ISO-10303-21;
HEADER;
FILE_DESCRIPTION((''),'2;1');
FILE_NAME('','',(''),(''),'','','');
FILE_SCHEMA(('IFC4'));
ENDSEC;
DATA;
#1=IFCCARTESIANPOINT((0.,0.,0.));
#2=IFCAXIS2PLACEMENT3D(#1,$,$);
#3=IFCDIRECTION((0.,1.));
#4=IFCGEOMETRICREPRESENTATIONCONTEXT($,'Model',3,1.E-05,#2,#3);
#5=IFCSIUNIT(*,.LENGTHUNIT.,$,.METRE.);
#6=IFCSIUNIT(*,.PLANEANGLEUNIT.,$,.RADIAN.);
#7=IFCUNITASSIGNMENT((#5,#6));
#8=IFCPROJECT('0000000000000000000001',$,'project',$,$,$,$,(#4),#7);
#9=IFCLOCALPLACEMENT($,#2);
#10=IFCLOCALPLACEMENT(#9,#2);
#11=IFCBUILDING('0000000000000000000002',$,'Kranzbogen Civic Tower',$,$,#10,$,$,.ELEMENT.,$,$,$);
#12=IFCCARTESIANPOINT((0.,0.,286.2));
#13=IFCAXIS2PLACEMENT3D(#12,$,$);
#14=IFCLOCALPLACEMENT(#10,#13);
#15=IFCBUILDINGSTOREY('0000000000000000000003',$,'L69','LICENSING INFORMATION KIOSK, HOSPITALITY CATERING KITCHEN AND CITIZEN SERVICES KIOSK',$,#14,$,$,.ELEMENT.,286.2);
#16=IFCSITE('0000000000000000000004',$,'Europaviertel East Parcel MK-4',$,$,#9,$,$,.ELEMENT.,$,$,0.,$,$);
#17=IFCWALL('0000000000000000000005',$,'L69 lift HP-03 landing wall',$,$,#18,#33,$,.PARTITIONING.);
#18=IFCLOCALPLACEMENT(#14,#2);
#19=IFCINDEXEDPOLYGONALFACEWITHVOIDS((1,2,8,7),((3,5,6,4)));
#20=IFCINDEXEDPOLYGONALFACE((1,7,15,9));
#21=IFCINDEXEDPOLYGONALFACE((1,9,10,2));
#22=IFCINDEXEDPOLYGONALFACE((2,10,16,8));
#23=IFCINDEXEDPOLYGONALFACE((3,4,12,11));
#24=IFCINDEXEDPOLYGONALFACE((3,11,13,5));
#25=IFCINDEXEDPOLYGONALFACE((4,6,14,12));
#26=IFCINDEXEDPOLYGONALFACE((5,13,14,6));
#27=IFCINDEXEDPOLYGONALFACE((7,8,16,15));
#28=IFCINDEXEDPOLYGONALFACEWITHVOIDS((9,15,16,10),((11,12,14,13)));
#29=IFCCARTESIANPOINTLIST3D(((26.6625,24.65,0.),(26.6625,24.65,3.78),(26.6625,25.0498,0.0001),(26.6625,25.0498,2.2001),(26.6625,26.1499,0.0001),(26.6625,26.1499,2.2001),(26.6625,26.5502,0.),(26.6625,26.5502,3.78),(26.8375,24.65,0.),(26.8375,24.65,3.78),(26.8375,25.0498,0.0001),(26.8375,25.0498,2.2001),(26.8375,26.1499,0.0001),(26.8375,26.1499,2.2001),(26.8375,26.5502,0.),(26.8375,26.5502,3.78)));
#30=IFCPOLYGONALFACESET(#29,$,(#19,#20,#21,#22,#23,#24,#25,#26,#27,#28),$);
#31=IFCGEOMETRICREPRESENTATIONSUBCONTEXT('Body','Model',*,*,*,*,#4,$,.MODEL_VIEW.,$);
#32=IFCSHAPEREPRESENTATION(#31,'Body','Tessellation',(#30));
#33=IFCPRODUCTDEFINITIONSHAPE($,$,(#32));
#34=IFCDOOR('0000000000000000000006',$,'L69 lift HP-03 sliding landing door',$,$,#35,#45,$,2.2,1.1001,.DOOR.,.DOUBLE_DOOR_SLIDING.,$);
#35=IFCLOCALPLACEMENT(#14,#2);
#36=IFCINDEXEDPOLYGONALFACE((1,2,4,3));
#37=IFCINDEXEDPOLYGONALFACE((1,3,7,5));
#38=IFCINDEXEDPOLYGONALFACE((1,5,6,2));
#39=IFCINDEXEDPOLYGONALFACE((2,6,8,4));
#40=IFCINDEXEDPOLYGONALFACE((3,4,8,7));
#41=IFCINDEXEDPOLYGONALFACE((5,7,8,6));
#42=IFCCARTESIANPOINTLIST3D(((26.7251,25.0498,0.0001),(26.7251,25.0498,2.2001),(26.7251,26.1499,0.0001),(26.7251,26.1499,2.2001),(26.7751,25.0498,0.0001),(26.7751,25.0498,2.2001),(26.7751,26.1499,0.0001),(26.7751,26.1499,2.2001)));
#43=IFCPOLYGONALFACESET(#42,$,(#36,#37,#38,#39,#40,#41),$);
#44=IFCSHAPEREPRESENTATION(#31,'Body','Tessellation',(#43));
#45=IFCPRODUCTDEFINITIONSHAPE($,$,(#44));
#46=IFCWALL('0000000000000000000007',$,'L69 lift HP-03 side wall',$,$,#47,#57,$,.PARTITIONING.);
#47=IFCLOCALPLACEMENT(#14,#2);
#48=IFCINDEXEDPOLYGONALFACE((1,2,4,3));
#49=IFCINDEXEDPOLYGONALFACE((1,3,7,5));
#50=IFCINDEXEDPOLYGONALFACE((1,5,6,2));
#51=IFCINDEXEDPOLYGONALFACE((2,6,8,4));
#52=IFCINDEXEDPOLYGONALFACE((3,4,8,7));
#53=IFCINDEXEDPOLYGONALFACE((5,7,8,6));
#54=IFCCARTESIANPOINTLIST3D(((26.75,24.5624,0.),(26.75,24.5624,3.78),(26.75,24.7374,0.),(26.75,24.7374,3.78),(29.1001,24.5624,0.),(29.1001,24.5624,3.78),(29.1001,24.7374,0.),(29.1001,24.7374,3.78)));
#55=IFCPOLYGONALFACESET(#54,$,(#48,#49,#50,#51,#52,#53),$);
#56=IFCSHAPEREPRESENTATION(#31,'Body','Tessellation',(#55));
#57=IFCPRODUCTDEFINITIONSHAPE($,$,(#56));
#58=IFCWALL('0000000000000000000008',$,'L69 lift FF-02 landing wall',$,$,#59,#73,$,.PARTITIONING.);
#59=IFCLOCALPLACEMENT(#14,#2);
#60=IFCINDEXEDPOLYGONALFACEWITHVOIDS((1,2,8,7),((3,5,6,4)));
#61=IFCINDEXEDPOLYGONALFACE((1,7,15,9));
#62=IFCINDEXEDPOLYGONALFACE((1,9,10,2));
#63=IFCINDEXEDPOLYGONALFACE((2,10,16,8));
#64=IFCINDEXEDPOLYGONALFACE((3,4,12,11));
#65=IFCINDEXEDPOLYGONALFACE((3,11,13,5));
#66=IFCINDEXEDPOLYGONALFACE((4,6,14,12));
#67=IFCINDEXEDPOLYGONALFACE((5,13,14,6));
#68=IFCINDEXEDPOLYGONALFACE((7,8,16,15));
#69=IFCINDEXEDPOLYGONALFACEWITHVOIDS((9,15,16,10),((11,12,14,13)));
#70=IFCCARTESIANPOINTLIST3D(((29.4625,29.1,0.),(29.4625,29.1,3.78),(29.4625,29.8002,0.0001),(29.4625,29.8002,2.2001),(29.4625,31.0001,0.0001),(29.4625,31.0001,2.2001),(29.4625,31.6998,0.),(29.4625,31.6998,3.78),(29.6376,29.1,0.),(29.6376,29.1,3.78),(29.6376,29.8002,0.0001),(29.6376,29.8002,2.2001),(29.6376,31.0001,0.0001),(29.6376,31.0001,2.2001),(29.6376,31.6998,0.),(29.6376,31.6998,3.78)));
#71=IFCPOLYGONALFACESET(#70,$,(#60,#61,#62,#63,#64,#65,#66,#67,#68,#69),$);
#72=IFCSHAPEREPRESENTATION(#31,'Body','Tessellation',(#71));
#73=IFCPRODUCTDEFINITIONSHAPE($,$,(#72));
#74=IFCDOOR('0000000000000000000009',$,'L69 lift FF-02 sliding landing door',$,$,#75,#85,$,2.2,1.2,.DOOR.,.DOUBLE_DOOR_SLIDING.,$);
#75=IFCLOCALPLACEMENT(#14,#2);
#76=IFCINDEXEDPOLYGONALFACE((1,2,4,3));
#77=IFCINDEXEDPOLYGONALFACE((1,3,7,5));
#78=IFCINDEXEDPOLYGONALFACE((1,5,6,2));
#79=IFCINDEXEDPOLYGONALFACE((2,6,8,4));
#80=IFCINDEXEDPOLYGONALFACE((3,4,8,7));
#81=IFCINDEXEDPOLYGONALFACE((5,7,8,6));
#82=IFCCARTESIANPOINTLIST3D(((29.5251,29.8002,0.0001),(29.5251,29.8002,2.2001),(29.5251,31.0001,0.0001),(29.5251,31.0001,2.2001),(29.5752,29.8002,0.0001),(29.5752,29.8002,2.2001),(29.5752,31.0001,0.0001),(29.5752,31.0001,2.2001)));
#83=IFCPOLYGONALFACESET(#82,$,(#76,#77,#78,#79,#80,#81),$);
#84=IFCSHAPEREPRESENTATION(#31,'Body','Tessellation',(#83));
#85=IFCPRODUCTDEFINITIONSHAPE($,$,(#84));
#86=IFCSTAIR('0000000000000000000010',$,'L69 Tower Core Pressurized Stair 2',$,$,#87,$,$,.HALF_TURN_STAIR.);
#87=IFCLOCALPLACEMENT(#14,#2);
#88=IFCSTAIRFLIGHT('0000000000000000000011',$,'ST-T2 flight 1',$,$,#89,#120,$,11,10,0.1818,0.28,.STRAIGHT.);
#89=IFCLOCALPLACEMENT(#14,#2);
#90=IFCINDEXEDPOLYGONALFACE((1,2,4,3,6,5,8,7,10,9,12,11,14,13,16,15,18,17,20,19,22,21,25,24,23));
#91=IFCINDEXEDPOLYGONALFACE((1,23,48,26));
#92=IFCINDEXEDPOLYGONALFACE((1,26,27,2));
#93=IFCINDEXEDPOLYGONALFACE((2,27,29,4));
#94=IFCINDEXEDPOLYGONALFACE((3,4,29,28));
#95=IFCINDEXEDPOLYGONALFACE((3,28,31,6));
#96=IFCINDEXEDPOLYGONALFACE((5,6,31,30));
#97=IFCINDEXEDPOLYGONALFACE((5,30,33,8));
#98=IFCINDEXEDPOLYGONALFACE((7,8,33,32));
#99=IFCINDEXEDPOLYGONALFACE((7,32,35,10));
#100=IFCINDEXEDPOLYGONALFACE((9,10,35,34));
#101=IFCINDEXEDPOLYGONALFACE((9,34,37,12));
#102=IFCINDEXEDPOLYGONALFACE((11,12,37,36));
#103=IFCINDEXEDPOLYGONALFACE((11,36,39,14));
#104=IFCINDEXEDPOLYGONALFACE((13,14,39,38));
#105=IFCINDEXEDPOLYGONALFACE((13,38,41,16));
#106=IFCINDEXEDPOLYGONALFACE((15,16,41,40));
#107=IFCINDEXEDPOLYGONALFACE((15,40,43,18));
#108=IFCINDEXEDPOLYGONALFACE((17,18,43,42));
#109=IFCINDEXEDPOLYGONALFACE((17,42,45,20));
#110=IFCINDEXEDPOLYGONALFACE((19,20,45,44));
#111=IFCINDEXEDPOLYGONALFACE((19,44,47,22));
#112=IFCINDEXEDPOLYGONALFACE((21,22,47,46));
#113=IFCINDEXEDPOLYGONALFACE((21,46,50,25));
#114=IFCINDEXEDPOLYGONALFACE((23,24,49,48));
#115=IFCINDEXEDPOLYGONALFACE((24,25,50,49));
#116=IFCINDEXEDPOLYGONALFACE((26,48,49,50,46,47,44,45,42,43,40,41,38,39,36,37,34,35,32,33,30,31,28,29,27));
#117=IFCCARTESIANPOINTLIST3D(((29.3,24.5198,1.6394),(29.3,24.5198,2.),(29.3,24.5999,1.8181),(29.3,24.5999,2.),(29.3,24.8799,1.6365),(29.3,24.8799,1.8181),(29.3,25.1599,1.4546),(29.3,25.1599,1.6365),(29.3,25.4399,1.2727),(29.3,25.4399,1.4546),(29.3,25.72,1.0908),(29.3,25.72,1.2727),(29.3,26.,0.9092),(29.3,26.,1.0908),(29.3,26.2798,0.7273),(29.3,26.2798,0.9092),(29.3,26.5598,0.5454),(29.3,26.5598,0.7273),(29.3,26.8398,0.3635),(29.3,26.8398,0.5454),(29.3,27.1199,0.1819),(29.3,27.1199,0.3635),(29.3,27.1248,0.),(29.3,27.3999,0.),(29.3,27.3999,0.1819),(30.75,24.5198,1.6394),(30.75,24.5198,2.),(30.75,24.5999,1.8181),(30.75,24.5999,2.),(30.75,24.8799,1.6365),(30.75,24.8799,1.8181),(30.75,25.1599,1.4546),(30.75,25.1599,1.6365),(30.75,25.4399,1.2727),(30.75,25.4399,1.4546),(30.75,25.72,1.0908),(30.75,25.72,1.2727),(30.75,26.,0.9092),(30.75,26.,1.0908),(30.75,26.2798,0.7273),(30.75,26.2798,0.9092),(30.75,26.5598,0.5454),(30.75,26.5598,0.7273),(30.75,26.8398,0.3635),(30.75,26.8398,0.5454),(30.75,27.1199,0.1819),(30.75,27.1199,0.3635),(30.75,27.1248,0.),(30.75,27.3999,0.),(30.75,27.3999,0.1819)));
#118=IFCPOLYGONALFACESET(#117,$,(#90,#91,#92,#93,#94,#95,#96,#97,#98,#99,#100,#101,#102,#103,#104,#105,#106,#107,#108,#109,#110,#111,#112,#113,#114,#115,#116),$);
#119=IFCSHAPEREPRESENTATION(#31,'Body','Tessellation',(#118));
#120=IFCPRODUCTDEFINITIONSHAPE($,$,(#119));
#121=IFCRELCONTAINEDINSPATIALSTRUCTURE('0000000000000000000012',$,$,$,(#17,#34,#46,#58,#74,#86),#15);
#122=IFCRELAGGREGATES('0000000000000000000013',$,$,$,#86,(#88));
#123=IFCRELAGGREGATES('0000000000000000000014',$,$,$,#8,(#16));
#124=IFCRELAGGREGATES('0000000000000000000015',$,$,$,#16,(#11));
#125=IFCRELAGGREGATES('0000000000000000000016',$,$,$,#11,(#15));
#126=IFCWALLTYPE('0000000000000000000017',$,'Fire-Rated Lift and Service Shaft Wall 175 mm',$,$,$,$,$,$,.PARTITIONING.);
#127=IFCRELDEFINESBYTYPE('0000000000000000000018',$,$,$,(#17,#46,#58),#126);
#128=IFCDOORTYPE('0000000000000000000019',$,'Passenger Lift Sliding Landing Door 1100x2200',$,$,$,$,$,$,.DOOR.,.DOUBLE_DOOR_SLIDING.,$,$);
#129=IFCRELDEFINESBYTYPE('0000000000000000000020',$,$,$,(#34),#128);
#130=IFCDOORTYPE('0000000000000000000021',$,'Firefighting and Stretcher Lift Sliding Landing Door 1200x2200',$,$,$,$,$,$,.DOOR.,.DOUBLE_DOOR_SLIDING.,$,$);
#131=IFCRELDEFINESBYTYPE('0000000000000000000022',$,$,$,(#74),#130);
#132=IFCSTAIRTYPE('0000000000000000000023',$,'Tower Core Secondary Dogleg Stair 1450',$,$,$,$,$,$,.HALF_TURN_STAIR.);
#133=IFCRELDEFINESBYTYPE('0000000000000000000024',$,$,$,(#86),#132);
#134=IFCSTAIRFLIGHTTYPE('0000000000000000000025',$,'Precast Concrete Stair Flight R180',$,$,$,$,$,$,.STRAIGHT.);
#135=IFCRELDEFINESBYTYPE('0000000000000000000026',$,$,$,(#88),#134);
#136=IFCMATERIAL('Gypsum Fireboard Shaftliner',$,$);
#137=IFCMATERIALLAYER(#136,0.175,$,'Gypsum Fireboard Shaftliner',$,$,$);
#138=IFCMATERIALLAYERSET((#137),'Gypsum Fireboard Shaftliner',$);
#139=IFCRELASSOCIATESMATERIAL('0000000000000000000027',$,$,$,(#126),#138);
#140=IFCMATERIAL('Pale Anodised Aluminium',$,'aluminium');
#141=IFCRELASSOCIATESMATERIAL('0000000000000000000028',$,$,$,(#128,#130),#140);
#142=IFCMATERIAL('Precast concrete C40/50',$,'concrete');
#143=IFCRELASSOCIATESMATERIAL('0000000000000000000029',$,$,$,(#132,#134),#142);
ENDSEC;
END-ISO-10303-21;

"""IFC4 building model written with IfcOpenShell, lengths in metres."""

from ifc_helpers import new_model, si_unit, direction, frame, frame_2d, origin, place, context, subcontext, project, spatial, polyline, rectangle, outline, extrude, material, layer, layer_set, type_object, element, fill, aggregate, save


model = new_model("IFC4")

# Units and contexts
model_context = context("Model", 3, precision=1e-05, world=origin(), true_north=direction((0.0, 1.0)))
body_context = subcontext(model_context, "Body", "Model", "MODEL_VIEW")
ifc_project = project(units=[si_unit("LENGTHUNIT", "METRE"), si_unit("PLANEANGLEUNIT", "RADIAN")], contexts=[model_context])

# Site, building, storey
site_placement = place(None, origin())
site = spatial("IfcSite", under=ifc_project, at=site_placement, Name="Europaviertel East Parcel MK-4", CompositionType="ELEMENT", RefElevation=0.0)
building_placement = place(site_placement, origin())
building = spatial("IfcBuilding", under=site, at=building_placement, Name="Kranzbogen Civic Tower", CompositionType="ELEMENT")
storey_placement = place(building_placement, frame((0.0, 0.0, 286.2)))
storey = spatial("IfcBuildingStorey", under=building, at=storey_placement, Name="L69", Description="LICENSING INFORMATION KIOSK, HOSPITALITY CATERING KITCHEN AND CITIZEN SERVICES KIOSK", CompositionType="ELEMENT", Elevation=286.2)

# Shared definitions
ifc_material_1 = material(Name="Pale Anodised Aluminium", Category="aluminium")

# Wall, opening, door
ifc_material_2 = material(Name="Gypsum Fireboard Shaftliner")
ifc_layer_1 = layer(ifc_material_2, 0.175, Name="Gypsum Fireboard Shaftliner")
ifc_layer_set_1 = layer_set([ifc_layer_1], Name="Gypsum Fireboard Shaftliner")
wall_type_1 = type_object("IfcWallType", Name="Fire-Rated Lift and Service Shaft Wall 175 mm", PredefinedType="PARTITIONING", material=ifc_layer_set_1)
wall_1_placement = place(storey_placement, frame((26.75, 24.6499, 0.0), z_axis=(0.0, 0.0, 1.0), x_axis=(0.0, 1.0, 0.0)))
wall_1 = element("IfcWall", 1, at=wall_1_placement, inside=storey, type_object=wall_type_1, Name="L69 lift HP-03 landing wall", PredefinedType="PARTITIONING", context=body_context, shape_type="SweptSolid", body=[
    extrude(rectangle(XDim=1.9001, YDim=0.175, at=frame_2d((0.9502, 0.0))), origin(), (0.0, 0.0, 1.0), 3.78),
])
opening_1_placement = place(wall_1_placement, frame((0.3999, 0.0, 0.0)))
opening_1 = element("IfcOpeningElement", 2, at=opening_1_placement, cuts=wall_1, PredefinedType="OPENING", context=body_context, shape_type="SweptSolid", body=[
    extrude(rectangle(XDim=1.1001, YDim=2.2, at=frame_2d((0.55, 1.1001))), frame((0.0, 0.0977, 0.0), z_axis=(0.0, -1.0, 0.0), x_axis=(1.0, 0.0, 0.0)), (0.0, 0.0, 1.0), 0.1951),
])
door_type_1 = type_object("IfcDoorType", Name="Passenger Lift Sliding Landing Door 1100x2200", OperationType="DOUBLE_DOOR_SLIDING", PredefinedType="DOOR", material=ifc_material_1)
door_1_placement = place(opening_1_placement, origin())
door_1 = element("IfcDoor", 3, at=door_1_placement, inside=storey, type_object=door_type_1, Name="L69 lift HP-03 sliding landing door", OperationType="DOUBLE_DOOR_SLIDING", OverallHeight=2.2, OverallWidth=1.1001, PredefinedType="DOOR", context=body_context, shape_type="SweptSolid", body=[
    extrude(rectangle(XDim=1.1001, YDim=2.2, at=frame_2d((0.55, 1.1001))), frame((0.0, 0.0249, 0.0), z_axis=(0.0, -1.0, 0.0), x_axis=(1.0, 0.0, 0.0)), (0.0, 0.0, 1.0), 0.05),
])
fill(opening_1, door_1)

# Wall
wall_2_placement = place(storey_placement, frame((26.75, 24.6499, 0.0), z_axis=(0.0, 0.0, 1.0), x_axis=(1.0, 0.0, 0.0)))
element("IfcWall", 4, at=wall_2_placement, inside=storey, type_object=wall_type_1, Name="L69 lift HP-03 side wall", PredefinedType="PARTITIONING", context=body_context, shape_type="SweptSolid", body=[
    extrude(rectangle(XDim=2.3501, YDim=0.175, at=frame_2d((1.175, 0.0))), origin(), (0.0, 0.0, 1.0), 3.78),
])

# Wall, opening, door
wall_3_placement = place(storey_placement, frame((29.55, 29.1001, 0.0), z_axis=(0.0, 0.0, 1.0), x_axis=(0.0, 1.0, 0.0)))
wall_3 = element("IfcWall", 5, at=wall_3_placement, inside=storey, type_object=wall_type_1, Name="L69 lift FF-02 landing wall", PredefinedType="PARTITIONING", context=body_context, shape_type="SweptSolid", body=[
    extrude(rectangle(XDim=2.5999, YDim=0.175, at=frame_2d((1.2998, 0.0))), origin(), (0.0, 0.0, 1.0), 3.78),
])
opening_2_placement = place(wall_3_placement, frame((0.7, 0.0, 0.0)))
opening_2 = element("IfcOpeningElement", 6, at=opening_2_placement, cuts=wall_3, PredefinedType="OPENING", context=body_context, shape_type="SweptSolid", body=[
    extrude(rectangle(XDim=1.2, YDim=2.2, at=frame_2d((0.6001, 1.1001))), frame((0.0, 0.0977, 0.0), z_axis=(0.0, -1.0, 0.0), x_axis=(1.0, 0.0, 0.0)), (0.0, 0.0, 1.0), 0.1951),
])
door_type_2 = type_object("IfcDoorType", Name="Firefighting and Stretcher Lift Sliding Landing Door 1200x2200", OperationType="DOUBLE_DOOR_SLIDING", PredefinedType="DOOR", material=ifc_material_1)
door_2_placement = place(opening_2_placement, origin())
door_2 = element("IfcDoor", 7, at=door_2_placement, inside=storey, type_object=door_type_2, Name="L69 lift FF-02 sliding landing door", OperationType="DOUBLE_DOOR_SLIDING", OverallHeight=2.2, OverallWidth=1.2, PredefinedType="DOOR", context=body_context, shape_type="SweptSolid", body=[
    extrude(rectangle(XDim=1.2, YDim=2.2, at=frame_2d((0.6001, 1.1001))), frame((0.0, 0.0249, 0.0), z_axis=(0.0, -1.0, 0.0), x_axis=(1.0, 0.0, 0.0)), (0.0, 0.0, 1.0), 0.05),
])
fill(opening_2, door_2)

# Stair, stair flight
ifc_material_3 = material(Name="Precast concrete C40/50", Category="concrete")
stair_type = type_object("IfcStairType", Name="Tower Core Secondary Dogleg Stair 1450", PredefinedType="HALF_TURN_STAIR", material=ifc_material_3)
stair_placement = place(storey_placement, origin())
stair = element("IfcStair", 8, at=stair_placement, inside=storey, type_object=stair_type, Name="L69 Tower Core Pressurized Stair 2", PredefinedType="HALF_TURN_STAIR")
stair_flight_type = type_object("IfcStairFlightType", Name="Precast Concrete Stair Flight R180", PredefinedType="STRAIGHT", material=ifc_material_3)
stair_flight_placement = place(storey_placement, frame((30.0249, 27.3999, 0.0), z_axis=(0.0, 0.0, 1.0), x_axis=(0.0, -1.0, 0.0)))
stair_flight = element("IfcStairFlight", 9, at=stair_flight_placement, type_object=stair_flight_type, Name="ST-T2 flight 1", NumberOfRisers=11, NumberOfTreads=10, PredefinedType="STRAIGHT", RiserHeight=0.1818, TreadLength=0.28, context=body_context, shape_type="SweptSolid", body=[
    extrude(outline(polyline([(0.0, 0.0), (0.0, 0.1819), (0.28, 0.1819), (0.28, 0.3635), (0.5601, 0.3635), (0.5601, 0.5454), (0.8401, 0.5454), (0.8401, 0.7273), (1.1201, 0.7273), (1.1201, 0.9092), (1.3999, 0.9092), (1.3999, 1.0908), (1.6799, 1.0908), (1.6799, 1.2727), (1.96, 1.2727), (1.96, 1.4546), (2.24, 1.4546), (2.24, 1.6365), (2.52, 1.6365), (2.52, 1.8181), (2.8, 1.8181), (2.8, 2.0), (2.8801, 2.0), (2.8801, 1.6394), (0.2751, 0.0), (0.0, 0.0)])), frame((0.0, 0.7251, 0.0), z_axis=(0.0, -1.0, 0.0), x_axis=(1.0, 0.0, 0.0)), (0.0, 0.0, 1.0), 1.45),
])
aggregate(stair, [stair_flight])

save(model, "model.ifc")
